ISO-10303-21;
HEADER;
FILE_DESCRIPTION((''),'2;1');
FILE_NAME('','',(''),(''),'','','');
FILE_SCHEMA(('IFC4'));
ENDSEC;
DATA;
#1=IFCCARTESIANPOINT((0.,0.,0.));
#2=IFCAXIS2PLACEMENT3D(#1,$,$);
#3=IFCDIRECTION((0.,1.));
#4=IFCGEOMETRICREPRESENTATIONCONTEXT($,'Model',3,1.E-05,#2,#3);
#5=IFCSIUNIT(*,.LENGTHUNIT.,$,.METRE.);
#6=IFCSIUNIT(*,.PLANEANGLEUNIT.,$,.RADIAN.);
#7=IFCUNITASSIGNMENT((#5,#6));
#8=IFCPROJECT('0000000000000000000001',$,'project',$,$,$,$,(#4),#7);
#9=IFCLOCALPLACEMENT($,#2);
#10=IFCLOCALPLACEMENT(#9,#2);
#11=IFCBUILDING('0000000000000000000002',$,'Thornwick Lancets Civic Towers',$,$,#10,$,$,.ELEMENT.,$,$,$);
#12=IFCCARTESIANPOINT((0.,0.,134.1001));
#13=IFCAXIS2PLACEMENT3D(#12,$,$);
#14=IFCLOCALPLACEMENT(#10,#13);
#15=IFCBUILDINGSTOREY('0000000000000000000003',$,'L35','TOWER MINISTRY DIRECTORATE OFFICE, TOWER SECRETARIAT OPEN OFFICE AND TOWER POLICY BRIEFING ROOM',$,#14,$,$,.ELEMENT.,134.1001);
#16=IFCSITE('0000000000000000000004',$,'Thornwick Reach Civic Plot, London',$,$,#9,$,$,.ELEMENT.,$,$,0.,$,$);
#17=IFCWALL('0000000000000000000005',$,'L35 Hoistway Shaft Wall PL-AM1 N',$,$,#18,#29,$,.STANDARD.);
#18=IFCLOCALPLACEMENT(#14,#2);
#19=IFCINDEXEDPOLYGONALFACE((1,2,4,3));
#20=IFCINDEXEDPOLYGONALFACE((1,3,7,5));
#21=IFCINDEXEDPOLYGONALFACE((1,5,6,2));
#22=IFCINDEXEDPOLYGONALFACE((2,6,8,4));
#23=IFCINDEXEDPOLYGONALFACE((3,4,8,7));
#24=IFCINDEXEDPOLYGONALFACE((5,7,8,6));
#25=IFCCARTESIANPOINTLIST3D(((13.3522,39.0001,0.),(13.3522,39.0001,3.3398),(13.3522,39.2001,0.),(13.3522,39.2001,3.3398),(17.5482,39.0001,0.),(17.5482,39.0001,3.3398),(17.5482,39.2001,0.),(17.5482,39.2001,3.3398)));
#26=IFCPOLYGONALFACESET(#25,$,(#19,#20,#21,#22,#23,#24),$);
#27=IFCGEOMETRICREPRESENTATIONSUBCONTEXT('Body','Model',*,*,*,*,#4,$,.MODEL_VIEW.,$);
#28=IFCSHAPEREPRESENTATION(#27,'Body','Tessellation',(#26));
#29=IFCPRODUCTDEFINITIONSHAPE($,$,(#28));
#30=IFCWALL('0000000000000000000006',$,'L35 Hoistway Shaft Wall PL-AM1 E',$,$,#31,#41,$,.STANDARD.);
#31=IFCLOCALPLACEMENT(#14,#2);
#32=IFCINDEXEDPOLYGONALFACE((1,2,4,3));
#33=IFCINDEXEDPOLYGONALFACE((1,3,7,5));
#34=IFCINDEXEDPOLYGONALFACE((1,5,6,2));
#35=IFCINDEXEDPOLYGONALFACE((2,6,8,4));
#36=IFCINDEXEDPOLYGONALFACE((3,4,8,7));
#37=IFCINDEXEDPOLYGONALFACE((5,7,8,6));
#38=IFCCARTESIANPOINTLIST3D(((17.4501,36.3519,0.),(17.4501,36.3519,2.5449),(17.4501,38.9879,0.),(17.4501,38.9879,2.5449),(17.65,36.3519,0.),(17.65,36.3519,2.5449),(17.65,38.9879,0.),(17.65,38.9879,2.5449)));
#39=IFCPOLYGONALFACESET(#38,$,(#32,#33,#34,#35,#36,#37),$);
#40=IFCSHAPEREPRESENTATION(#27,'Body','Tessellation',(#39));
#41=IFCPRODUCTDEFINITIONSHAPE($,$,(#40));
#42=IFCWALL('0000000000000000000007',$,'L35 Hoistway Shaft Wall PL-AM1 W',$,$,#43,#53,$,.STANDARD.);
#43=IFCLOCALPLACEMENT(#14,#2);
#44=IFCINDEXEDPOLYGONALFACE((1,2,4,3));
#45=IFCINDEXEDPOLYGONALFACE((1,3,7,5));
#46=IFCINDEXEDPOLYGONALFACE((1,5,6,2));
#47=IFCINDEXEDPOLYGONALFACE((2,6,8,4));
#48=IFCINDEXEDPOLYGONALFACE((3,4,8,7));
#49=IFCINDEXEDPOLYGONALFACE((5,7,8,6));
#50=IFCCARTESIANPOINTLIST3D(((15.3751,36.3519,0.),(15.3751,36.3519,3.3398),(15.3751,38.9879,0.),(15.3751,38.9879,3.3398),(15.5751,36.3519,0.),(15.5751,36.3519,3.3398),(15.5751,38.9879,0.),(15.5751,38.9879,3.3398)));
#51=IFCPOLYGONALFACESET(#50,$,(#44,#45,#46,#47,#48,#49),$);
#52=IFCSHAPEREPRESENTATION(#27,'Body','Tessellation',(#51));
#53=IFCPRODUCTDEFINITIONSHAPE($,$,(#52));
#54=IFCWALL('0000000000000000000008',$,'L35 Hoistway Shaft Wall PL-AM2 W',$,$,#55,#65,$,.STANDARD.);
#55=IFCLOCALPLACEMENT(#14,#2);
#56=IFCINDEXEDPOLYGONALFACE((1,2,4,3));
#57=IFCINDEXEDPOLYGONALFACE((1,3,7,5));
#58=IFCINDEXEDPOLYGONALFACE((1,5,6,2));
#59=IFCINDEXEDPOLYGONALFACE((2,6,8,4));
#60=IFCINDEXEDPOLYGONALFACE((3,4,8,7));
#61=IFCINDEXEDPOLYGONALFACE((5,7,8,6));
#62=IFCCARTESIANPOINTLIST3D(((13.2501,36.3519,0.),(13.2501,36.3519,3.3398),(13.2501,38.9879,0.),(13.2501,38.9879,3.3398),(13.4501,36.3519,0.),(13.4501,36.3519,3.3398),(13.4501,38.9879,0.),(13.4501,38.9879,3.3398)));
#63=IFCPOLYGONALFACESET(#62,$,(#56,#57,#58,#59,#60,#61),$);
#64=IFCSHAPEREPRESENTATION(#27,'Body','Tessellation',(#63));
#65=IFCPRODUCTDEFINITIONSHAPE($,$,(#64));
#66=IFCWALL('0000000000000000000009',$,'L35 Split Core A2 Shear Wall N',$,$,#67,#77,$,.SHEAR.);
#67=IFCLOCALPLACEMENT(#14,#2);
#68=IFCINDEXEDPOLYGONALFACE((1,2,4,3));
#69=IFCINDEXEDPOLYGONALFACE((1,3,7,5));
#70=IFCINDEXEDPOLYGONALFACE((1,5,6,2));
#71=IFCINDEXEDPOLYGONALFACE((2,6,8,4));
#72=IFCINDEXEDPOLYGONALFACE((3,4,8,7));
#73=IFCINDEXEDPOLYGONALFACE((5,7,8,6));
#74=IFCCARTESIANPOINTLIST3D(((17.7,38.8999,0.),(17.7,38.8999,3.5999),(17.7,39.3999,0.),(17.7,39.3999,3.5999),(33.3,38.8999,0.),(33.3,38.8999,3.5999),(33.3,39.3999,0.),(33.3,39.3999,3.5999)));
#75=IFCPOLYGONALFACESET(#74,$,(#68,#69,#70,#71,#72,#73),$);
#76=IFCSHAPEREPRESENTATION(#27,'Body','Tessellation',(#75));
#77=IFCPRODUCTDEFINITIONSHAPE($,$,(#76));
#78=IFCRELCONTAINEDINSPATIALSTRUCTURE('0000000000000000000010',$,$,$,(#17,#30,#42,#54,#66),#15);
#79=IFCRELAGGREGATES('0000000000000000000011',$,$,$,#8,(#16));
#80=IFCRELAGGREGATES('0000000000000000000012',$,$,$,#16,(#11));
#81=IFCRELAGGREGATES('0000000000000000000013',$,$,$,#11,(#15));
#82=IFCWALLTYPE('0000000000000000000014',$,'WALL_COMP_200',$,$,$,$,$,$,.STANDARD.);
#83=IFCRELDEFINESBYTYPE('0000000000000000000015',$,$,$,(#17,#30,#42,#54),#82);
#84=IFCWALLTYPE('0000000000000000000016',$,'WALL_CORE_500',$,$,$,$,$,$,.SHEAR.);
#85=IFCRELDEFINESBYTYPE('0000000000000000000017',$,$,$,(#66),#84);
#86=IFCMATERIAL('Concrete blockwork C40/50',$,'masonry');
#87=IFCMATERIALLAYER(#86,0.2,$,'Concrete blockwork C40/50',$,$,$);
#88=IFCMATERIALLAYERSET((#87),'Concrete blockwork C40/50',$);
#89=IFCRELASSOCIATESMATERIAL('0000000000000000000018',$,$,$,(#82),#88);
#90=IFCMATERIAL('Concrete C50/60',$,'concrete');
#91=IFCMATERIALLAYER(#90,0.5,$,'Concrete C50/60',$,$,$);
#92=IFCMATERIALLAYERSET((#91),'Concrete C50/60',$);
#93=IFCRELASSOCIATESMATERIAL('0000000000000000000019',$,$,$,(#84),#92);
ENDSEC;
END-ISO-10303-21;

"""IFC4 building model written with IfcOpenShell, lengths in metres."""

from ifc_helpers import new_model, si_unit, direction, frame, frame_2d, origin, place, context, subcontext, project, spatial, rectangle, extrude, material, layer, layer_set, type_object, element, save


model = new_model("IFC4")

# Units and contexts
model_context = context("Model", 3, precision=1e-05, world=origin(), true_north=direction((0.0, 1.0)))
body_context = subcontext(model_context, "Body", "Model", "MODEL_VIEW")
ifc_project = project(units=[si_unit("LENGTHUNIT", "METRE"), si_unit("PLANEANGLEUNIT", "RADIAN")], contexts=[model_context])

# Site, building, storey
site_placement = place(None, origin())
site = spatial("IfcSite", under=ifc_project, at=site_placement, Name="Thornwick Reach Civic Plot, London", CompositionType="ELEMENT", RefElevation=0.0)
building_placement = place(site_placement, origin())
building = spatial("IfcBuilding", under=site, at=building_placement, Name="Thornwick Lancets Civic Towers", CompositionType="ELEMENT")
storey_placement = place(building_placement, frame((0.0, 0.0, 134.1001)))
storey = spatial("IfcBuildingStorey", under=building, at=storey_placement, Name="L35", Description="TOWER MINISTRY DIRECTORATE OFFICE, TOWER SECRETARIAT OPEN OFFICE AND TOWER POLICY BRIEFING ROOM", CompositionType="ELEMENT", Elevation=134.1001)

# Shared definitions
ifc_material_1 = material(Name="Concrete blockwork C40/50", Category="masonry")
ifc_layer_1 = layer(ifc_material_1, 0.2, Name="Concrete blockwork C40/50")
ifc_layer_set_1 = layer_set([ifc_layer_1], Name="Concrete blockwork C40/50")
wall_type_1 = type_object("IfcWallType", Name="WALL_COMP_200", PredefinedType="STANDARD", material=ifc_layer_set_1)

# Walls
wall_1_placement = place(storey_placement, frame((13.3521, 39.1001, 0.0), z_axis=(0.0, 0.0, 1.0), x_axis=(1.0, 0.0, 0.0)))
element("IfcWall", 1, at=wall_1_placement, inside=storey, type_object=wall_type_1, Name="L35 Hoistway Shaft Wall PL-AM1 N", PredefinedType="STANDARD", context=body_context, shape_type="SweptSolid", body=[
    extrude(rectangle(XDim=4.196, YDim=0.2, at=frame_2d((2.0981, 0.0))), origin(), (0.0, 0.0, 1.0), 3.3398),
])
wall_2_placement = place(storey_placement, frame((17.55, 36.3521, 0.0), z_axis=(0.0, 0.0, 1.0), x_axis=(0.0, 1.0, 0.0)))
element("IfcWall", 2, at=wall_2_placement, inside=storey, type_object=wall_type_1, Name="L35 Hoistway Shaft Wall PL-AM1 E", PredefinedType="STANDARD", context=body_context, shape_type="SweptSolid", body=[
    extrude(rectangle(XDim=2.636, YDim=0.2, at=frame_2d((1.3179, 0.0))), origin(), (0.0, 0.0, 1.0), 2.5449),
])
for number, where, z_axis, x_axis, name in (
    (3, (15.4751, 36.3521, 0.0), (0.0, 0.0, 1.0), (0.0, 1.0, 0.0), "L35 Hoistway Shaft Wall PL-AM1 W"),
    (4, (13.3501, 36.3521, 0.0), (0.0, 0.0, 1.0), (0.0, 1.0, 0.0), "L35 Hoistway Shaft Wall PL-AM2 W"),
):
    element("IfcWall", number, at=place(storey_placement, frame(where, z_axis=z_axis, x_axis=x_axis)), inside=storey, type_object=wall_type_1, Name=name, PredefinedType="STANDARD", context=body_context, shape_type="SweptSolid", body=[
        extrude(rectangle(XDim=2.636, YDim=0.2, at=frame_2d((1.3179, 0.0))), origin(), (0.0, 0.0, 1.0), 3.3398),
    ])
ifc_material_2 = material(Name="Concrete C50/60", Category="concrete")
ifc_layer_2 = layer(ifc_material_2, 0.5, Name="Concrete C50/60")
ifc_layer_set_2 = layer_set([ifc_layer_2], Name="Concrete C50/60")
wall_type_2 = type_object("IfcWallType", Name="WALL_CORE_500", PredefinedType="SHEAR", material=ifc_layer_set_2)
wall_3_placement = place(storey_placement, frame((17.7, 39.1499, 0.0), z_axis=(0.0, 0.0, 1.0), x_axis=(1.0, 0.0, 0.0)))
element("IfcWall", 5, at=wall_3_placement, inside=storey, type_object=wall_type_2, Name="L35 Split Core A2 Shear Wall N", PredefinedType="SHEAR", context=body_context, shape_type="SweptSolid", body=[
    extrude(rectangle(XDim=15.6001, YDim=0.5, at=frame_2d((7.8, 0.0))), origin(), (0.0, 0.0, 1.0), 3.5999),
])

save(model, "model.ifc")
